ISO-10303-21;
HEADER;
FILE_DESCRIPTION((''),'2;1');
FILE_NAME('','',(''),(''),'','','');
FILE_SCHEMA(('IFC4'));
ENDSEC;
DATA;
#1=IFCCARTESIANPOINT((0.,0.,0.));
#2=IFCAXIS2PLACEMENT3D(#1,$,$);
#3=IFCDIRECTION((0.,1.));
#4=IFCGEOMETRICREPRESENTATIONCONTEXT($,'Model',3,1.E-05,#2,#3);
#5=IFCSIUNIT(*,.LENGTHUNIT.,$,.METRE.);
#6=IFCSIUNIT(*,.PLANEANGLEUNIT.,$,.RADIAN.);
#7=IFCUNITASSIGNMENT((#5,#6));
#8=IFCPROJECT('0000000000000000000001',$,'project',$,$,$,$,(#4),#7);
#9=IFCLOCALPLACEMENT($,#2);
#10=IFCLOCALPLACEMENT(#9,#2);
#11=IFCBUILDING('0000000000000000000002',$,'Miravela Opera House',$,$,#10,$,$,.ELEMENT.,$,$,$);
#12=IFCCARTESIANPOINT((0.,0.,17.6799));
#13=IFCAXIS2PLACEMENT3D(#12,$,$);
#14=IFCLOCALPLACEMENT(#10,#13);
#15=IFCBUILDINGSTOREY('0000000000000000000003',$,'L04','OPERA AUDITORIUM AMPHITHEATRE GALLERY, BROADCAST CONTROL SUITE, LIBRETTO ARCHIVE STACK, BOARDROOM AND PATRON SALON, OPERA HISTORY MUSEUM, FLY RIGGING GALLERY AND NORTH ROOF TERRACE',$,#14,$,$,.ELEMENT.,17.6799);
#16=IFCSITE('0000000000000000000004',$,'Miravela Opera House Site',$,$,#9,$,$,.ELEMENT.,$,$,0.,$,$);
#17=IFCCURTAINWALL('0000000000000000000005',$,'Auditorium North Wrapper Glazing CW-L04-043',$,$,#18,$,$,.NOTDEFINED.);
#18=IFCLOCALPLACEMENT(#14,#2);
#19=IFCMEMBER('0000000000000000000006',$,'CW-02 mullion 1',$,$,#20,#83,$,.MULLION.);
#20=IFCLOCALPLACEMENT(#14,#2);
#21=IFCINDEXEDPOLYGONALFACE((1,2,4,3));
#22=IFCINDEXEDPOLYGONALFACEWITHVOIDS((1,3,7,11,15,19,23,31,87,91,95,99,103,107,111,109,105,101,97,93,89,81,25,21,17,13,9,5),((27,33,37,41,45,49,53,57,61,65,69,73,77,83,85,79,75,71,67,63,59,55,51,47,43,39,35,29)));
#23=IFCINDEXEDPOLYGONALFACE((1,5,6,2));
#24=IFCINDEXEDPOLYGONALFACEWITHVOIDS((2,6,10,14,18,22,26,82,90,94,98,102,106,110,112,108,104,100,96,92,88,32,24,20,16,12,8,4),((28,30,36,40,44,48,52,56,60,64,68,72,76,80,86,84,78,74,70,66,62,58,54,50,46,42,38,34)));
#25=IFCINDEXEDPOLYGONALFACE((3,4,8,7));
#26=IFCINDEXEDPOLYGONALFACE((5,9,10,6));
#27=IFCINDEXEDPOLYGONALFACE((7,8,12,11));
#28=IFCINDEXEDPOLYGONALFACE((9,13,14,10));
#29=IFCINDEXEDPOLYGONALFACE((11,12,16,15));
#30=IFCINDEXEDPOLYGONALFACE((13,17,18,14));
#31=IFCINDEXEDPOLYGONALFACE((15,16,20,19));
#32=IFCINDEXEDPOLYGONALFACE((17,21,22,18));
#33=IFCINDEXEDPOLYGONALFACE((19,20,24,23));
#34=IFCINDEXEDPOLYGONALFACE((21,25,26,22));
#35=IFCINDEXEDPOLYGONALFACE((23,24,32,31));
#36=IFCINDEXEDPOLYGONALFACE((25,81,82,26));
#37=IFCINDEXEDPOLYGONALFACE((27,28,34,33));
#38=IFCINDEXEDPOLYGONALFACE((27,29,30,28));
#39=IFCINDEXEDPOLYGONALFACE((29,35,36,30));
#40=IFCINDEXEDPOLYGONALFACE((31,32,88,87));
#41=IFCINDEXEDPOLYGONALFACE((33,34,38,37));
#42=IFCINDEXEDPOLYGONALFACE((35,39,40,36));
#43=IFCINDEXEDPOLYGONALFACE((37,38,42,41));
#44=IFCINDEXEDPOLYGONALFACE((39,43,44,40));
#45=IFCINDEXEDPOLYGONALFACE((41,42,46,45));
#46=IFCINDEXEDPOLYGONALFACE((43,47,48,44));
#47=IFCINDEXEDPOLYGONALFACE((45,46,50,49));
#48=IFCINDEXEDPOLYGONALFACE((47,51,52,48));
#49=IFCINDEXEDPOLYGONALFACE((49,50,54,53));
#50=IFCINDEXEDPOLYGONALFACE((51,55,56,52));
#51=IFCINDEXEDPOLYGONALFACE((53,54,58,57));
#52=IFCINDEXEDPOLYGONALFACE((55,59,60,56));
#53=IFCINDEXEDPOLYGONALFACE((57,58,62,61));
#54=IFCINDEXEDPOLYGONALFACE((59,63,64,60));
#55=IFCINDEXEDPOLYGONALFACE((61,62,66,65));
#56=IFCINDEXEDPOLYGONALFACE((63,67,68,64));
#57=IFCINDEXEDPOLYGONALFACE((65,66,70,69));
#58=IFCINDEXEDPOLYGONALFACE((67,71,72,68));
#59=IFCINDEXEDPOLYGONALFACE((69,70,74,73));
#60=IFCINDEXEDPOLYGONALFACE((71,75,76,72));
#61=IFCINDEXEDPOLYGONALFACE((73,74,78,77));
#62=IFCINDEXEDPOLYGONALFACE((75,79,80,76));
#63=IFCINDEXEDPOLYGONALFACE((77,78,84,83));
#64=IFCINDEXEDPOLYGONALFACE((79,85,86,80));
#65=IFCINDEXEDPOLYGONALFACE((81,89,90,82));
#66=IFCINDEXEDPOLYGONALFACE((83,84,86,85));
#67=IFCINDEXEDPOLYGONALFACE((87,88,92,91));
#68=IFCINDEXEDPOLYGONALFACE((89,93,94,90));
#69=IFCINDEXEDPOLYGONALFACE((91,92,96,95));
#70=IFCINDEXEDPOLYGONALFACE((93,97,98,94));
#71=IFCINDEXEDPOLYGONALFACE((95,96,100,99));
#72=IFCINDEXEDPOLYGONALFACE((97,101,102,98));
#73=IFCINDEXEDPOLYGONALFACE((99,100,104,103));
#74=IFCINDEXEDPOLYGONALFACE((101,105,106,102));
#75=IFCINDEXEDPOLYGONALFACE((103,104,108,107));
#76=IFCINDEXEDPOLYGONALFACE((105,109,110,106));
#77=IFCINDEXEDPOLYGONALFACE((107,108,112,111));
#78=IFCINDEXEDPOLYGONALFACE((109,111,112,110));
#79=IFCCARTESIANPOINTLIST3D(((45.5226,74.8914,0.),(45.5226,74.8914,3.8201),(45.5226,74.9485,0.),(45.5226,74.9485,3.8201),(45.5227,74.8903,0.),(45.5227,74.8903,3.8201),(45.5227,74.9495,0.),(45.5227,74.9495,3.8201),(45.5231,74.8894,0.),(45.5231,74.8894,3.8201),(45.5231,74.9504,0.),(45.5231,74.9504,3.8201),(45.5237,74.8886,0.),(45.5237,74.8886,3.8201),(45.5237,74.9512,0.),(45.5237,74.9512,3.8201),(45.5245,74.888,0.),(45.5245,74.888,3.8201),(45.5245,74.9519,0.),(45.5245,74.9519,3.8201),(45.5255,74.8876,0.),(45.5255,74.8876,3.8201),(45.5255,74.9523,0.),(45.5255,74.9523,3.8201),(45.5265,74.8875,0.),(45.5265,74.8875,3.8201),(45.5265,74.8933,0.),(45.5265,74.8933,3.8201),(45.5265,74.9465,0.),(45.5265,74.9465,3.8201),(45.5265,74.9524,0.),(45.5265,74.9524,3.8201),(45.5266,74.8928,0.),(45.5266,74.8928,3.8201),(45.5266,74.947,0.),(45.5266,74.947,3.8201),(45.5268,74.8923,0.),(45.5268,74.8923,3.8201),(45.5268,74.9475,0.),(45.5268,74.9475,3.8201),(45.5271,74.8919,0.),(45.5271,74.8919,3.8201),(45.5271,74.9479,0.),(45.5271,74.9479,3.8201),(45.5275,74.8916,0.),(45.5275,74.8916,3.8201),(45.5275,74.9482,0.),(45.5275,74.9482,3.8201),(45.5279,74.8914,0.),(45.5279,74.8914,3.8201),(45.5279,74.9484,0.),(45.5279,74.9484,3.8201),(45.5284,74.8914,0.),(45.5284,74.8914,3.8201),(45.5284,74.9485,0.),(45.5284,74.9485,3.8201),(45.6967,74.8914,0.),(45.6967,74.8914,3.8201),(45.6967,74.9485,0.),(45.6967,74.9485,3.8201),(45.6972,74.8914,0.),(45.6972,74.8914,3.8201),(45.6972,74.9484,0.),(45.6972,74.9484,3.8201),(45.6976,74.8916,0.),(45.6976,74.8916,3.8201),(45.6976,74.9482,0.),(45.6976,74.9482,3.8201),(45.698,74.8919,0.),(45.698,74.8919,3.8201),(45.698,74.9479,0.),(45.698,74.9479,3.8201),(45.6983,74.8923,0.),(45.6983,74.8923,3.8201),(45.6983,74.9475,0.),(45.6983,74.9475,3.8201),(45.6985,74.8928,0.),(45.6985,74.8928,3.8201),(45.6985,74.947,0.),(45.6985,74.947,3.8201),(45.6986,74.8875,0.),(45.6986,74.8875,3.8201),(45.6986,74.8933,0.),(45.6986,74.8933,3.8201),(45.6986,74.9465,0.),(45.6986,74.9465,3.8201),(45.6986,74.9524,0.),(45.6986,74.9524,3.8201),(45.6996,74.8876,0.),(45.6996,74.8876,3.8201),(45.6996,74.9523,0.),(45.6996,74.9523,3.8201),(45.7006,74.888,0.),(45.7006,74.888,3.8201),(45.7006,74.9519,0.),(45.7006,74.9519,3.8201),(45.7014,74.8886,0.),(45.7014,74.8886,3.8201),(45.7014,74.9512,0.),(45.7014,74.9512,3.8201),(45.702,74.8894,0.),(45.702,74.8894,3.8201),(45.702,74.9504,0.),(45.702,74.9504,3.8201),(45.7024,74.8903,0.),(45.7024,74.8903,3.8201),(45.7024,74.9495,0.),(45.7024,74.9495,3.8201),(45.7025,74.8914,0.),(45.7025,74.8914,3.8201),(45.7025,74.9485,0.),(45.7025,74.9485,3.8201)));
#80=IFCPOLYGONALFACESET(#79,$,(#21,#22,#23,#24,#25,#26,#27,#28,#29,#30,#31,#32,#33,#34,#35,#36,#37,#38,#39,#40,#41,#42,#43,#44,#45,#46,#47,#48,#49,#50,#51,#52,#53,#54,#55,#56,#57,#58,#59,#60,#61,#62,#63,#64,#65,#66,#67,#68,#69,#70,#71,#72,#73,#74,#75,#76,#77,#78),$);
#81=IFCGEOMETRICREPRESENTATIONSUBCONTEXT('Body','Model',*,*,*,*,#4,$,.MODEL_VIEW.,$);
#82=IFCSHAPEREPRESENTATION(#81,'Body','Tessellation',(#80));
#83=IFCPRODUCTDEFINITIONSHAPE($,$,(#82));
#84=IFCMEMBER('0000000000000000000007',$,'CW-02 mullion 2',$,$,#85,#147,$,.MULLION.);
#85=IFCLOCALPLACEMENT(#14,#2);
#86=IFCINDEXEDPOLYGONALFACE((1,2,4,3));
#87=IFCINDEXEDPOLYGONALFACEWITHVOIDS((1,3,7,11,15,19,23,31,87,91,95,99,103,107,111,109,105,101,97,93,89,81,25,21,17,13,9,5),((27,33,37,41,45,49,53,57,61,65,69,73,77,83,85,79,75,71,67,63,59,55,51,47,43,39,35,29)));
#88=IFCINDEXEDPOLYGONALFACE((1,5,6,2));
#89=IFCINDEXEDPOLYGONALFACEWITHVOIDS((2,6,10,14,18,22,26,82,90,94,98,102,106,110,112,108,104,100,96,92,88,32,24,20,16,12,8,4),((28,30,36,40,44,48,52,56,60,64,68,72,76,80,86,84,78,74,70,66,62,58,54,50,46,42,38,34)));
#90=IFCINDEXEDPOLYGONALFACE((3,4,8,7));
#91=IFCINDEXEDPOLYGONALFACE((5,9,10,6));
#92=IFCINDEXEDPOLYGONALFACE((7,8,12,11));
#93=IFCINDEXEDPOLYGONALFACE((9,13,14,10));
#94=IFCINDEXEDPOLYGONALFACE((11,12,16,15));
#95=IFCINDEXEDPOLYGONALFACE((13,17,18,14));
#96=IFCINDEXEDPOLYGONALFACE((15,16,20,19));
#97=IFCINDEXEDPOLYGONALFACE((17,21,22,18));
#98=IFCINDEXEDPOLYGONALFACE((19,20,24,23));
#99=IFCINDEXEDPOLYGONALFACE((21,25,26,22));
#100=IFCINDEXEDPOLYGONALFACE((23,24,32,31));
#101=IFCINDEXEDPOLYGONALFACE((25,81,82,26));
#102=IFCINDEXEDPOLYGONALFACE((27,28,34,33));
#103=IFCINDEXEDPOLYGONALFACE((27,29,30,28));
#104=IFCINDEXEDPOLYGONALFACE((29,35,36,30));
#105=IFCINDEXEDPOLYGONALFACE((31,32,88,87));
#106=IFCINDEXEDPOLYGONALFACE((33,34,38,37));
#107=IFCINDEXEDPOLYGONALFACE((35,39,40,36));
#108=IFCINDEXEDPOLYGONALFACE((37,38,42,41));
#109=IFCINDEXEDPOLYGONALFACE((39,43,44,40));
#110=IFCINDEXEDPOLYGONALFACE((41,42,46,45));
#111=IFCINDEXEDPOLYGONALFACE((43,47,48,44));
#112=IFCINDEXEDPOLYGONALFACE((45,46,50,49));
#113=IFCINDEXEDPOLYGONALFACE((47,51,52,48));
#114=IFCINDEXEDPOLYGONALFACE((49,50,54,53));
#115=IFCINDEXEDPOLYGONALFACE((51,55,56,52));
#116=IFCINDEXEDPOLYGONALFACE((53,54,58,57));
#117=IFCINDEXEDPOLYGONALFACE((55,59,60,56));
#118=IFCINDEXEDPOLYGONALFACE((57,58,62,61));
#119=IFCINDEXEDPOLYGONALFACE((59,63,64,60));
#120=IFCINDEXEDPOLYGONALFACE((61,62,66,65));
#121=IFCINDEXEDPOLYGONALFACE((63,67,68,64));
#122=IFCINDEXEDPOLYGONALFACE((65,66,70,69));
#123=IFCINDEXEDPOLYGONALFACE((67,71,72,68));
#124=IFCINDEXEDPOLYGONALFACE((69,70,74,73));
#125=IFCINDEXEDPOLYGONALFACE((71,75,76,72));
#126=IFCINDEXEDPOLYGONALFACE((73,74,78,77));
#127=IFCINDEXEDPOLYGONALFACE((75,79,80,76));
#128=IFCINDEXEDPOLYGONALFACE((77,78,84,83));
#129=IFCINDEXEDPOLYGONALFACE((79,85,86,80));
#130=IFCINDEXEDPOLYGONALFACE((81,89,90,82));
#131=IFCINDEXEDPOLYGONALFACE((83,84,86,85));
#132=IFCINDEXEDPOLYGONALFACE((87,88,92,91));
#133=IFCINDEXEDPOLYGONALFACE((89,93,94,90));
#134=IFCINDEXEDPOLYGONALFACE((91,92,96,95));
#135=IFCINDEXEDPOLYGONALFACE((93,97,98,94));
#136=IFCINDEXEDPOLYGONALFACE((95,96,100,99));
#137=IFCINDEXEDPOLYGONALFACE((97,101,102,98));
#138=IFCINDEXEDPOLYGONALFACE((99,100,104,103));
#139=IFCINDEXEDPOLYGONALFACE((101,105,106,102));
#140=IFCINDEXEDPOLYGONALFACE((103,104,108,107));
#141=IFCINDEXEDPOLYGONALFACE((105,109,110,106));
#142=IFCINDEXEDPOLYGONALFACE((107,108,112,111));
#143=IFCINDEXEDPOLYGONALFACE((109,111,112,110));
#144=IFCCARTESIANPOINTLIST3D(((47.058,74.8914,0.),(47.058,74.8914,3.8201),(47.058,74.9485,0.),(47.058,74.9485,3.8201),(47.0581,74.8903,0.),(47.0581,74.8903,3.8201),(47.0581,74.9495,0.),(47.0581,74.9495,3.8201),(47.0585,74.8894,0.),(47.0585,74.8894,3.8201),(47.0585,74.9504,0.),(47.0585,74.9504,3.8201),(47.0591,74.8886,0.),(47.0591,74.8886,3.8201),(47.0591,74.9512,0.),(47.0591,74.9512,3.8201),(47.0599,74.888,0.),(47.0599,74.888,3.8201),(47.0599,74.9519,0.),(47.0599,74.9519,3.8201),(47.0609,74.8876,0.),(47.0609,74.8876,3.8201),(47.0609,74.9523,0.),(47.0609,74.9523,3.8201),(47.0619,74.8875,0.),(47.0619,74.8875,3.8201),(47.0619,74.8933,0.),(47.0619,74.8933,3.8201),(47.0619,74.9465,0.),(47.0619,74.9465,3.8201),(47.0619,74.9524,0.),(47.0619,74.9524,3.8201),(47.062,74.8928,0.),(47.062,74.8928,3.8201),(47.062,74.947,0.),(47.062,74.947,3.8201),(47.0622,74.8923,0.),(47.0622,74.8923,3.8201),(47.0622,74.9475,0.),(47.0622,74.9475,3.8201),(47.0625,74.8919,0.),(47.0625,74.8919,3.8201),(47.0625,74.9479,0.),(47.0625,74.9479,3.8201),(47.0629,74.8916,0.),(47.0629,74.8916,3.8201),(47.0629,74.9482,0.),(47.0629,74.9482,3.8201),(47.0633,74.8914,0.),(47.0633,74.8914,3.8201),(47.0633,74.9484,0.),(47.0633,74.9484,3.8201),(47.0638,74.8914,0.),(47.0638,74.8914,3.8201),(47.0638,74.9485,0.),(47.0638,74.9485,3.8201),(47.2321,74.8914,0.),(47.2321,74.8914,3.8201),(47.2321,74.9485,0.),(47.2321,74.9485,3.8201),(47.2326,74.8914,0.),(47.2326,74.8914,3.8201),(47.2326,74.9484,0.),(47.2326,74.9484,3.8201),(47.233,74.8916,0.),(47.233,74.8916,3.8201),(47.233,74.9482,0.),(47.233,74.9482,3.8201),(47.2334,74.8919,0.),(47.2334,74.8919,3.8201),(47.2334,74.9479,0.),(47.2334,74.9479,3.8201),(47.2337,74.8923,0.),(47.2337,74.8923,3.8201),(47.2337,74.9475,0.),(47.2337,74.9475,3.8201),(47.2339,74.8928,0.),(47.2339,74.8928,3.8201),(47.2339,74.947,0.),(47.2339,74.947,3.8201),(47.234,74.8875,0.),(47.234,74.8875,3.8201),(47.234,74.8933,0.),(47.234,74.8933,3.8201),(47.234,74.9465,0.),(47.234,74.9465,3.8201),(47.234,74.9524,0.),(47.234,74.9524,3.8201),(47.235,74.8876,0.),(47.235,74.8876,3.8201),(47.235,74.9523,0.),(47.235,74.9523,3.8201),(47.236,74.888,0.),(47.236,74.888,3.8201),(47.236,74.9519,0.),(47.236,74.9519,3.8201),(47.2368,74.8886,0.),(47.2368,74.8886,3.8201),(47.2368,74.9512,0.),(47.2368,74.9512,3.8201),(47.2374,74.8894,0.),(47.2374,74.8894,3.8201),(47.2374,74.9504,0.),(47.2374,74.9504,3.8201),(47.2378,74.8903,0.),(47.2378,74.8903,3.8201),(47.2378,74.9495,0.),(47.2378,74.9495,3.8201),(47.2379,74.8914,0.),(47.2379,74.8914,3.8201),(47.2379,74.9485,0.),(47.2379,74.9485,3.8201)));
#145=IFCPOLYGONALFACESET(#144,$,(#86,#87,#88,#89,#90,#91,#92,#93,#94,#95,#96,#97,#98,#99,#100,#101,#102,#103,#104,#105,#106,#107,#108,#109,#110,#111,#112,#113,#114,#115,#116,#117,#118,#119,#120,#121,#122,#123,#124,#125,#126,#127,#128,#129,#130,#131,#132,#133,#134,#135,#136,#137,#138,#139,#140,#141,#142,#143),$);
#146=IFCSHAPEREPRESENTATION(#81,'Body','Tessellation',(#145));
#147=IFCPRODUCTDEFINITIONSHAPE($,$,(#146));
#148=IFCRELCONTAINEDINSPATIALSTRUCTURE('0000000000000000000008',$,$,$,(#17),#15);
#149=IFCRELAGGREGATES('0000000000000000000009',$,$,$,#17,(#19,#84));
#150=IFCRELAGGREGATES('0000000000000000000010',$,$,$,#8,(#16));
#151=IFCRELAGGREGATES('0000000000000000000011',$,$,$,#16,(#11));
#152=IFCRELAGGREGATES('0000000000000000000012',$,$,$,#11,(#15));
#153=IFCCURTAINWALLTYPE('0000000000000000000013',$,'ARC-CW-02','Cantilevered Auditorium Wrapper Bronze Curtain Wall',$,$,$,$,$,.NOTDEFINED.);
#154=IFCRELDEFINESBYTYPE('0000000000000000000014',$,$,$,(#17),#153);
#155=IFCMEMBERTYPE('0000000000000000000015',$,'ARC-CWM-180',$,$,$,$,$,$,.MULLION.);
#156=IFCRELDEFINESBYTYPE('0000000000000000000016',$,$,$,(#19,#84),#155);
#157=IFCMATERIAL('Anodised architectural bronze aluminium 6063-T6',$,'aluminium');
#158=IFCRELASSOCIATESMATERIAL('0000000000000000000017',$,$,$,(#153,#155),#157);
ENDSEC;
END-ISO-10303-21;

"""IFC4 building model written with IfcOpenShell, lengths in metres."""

from ifc_helpers import new_model, si_unit, direction, frame, origin, origin_2d, place, context, subcontext, project, spatial, hollow_rectangle, extrude, material, material_profile, profile_set, type_object, element, aggregate, save


model = new_model("IFC4")

# Units and contexts
model_context = context("Model", 3, precision=1e-05, world=origin(), true_north=direction((0.0, 1.0)))
body_context = subcontext(model_context, "Body", "Model", "MODEL_VIEW")
ifc_project = project(units=[si_unit("LENGTHUNIT", "METRE"), si_unit("PLANEANGLEUNIT", "RADIAN")], contexts=[model_context])

# Site, building, storey
site_placement = place(None, origin())
site = spatial("IfcSite", under=ifc_project, at=site_placement, Name="Miravela Opera House Site", CompositionType="ELEMENT", RefElevation=0.0)
building_placement = place(site_placement, origin())
building = spatial("IfcBuilding", under=site, at=building_placement, Name="Miravela Opera House", CompositionType="ELEMENT")
storey_placement = place(building_placement, frame((0.0, 0.0, 17.6799)))
storey = spatial("IfcBuildingStorey", under=building, at=storey_placement, Name="L04", Description="OPERA AUDITORIUM AMPHITHEATRE GALLERY, BROADCAST CONTROL SUITE, LIBRETTO ARCHIVE STACK, BOARDROOM AND PATRON SALON, OPERA HISTORY MUSEUM, FLY RIGGING GALLERY AND NORTH ROOF TERRACE", CompositionType="ELEMENT", Elevation=17.6799)

# Curtain wall, members
ifc_material_1 = material(Name="Anodised architectural bronze aluminium 6063-T6", Category="aluminium")
curtain_wall_type = type_object("IfcCurtainWallType", Name="ARC-CW-02", Description="Cantilevered Auditorium Wrapper Bronze Curtain Wall", PredefinedType="NOTDEFINED", material=ifc_material_1)
ifc_material_profile_1 = material_profile(ifc_material_1, hollow_rectangle(XDim=0.0649, YDim=0.1799, WallThickness=0.0039, InnerFilletRadius=0.002, OuterFilletRadius=0.0039, at=origin_2d()), Name="CWM-65X180")
ifc_profile_set_1 = profile_set([ifc_material_profile_1])
member_type_1 = type_object("IfcMemberType", Name="ARC-CWM-180", PredefinedType="MULLION", material=ifc_profile_set_1)
curtain_wall_1_placement = place(storey_placement, origin())
curtain_wall_1 = element("IfcCurtainWall", 1, at=curtain_wall_1_placement, inside=storey, type_object=curtain_wall_type, Name="Auditorium North Wrapper Glazing CW-L04-043", PredefinedType="NOTDEFINED")
member_1_placement = place(storey_placement, frame((45.6125, 74.9199, 0.0), z_axis=(0.0, 0.0, 1.0), x_axis=(0.0, 1.0, 0.0)))
member_1 = element("IfcMember", 2, at=member_1_placement, type_object=member_type_1, Name="CW-02 mullion 1", PredefinedType="MULLION", context=body_context, shape_type="SweptSolid", body=[
    extrude(hollow_rectangle(XDim=0.0649, YDim=0.1799, WallThickness=0.0039, InnerFilletRadius=0.002, OuterFilletRadius=0.0039, at=origin_2d()), origin(), (0.0, 0.0, 1.0), 3.8201),
])
member_2_placement = place(storey_placement, frame((47.1479, 74.9199, 0.0), z_axis=(0.0, 0.0, 1.0), x_axis=(0.0, 1.0, 0.0)))
member_2 = element("IfcMember", 3, at=member_2_placement, type_object=member_type_1, Name="CW-02 mullion 2", PredefinedType="MULLION", context=body_context, shape_type="SweptSolid", body=[
    extrude(hollow_rectangle(XDim=0.0649, YDim=0.1799, WallThickness=0.0039, InnerFilletRadius=0.002, OuterFilletRadius=0.0039, at=origin_2d()), origin(), (0.0, 0.0, 1.0), 3.8201),
])

aggregate(curtain_wall_1, [member_1, member_2])

save(model, "model.ifc")
